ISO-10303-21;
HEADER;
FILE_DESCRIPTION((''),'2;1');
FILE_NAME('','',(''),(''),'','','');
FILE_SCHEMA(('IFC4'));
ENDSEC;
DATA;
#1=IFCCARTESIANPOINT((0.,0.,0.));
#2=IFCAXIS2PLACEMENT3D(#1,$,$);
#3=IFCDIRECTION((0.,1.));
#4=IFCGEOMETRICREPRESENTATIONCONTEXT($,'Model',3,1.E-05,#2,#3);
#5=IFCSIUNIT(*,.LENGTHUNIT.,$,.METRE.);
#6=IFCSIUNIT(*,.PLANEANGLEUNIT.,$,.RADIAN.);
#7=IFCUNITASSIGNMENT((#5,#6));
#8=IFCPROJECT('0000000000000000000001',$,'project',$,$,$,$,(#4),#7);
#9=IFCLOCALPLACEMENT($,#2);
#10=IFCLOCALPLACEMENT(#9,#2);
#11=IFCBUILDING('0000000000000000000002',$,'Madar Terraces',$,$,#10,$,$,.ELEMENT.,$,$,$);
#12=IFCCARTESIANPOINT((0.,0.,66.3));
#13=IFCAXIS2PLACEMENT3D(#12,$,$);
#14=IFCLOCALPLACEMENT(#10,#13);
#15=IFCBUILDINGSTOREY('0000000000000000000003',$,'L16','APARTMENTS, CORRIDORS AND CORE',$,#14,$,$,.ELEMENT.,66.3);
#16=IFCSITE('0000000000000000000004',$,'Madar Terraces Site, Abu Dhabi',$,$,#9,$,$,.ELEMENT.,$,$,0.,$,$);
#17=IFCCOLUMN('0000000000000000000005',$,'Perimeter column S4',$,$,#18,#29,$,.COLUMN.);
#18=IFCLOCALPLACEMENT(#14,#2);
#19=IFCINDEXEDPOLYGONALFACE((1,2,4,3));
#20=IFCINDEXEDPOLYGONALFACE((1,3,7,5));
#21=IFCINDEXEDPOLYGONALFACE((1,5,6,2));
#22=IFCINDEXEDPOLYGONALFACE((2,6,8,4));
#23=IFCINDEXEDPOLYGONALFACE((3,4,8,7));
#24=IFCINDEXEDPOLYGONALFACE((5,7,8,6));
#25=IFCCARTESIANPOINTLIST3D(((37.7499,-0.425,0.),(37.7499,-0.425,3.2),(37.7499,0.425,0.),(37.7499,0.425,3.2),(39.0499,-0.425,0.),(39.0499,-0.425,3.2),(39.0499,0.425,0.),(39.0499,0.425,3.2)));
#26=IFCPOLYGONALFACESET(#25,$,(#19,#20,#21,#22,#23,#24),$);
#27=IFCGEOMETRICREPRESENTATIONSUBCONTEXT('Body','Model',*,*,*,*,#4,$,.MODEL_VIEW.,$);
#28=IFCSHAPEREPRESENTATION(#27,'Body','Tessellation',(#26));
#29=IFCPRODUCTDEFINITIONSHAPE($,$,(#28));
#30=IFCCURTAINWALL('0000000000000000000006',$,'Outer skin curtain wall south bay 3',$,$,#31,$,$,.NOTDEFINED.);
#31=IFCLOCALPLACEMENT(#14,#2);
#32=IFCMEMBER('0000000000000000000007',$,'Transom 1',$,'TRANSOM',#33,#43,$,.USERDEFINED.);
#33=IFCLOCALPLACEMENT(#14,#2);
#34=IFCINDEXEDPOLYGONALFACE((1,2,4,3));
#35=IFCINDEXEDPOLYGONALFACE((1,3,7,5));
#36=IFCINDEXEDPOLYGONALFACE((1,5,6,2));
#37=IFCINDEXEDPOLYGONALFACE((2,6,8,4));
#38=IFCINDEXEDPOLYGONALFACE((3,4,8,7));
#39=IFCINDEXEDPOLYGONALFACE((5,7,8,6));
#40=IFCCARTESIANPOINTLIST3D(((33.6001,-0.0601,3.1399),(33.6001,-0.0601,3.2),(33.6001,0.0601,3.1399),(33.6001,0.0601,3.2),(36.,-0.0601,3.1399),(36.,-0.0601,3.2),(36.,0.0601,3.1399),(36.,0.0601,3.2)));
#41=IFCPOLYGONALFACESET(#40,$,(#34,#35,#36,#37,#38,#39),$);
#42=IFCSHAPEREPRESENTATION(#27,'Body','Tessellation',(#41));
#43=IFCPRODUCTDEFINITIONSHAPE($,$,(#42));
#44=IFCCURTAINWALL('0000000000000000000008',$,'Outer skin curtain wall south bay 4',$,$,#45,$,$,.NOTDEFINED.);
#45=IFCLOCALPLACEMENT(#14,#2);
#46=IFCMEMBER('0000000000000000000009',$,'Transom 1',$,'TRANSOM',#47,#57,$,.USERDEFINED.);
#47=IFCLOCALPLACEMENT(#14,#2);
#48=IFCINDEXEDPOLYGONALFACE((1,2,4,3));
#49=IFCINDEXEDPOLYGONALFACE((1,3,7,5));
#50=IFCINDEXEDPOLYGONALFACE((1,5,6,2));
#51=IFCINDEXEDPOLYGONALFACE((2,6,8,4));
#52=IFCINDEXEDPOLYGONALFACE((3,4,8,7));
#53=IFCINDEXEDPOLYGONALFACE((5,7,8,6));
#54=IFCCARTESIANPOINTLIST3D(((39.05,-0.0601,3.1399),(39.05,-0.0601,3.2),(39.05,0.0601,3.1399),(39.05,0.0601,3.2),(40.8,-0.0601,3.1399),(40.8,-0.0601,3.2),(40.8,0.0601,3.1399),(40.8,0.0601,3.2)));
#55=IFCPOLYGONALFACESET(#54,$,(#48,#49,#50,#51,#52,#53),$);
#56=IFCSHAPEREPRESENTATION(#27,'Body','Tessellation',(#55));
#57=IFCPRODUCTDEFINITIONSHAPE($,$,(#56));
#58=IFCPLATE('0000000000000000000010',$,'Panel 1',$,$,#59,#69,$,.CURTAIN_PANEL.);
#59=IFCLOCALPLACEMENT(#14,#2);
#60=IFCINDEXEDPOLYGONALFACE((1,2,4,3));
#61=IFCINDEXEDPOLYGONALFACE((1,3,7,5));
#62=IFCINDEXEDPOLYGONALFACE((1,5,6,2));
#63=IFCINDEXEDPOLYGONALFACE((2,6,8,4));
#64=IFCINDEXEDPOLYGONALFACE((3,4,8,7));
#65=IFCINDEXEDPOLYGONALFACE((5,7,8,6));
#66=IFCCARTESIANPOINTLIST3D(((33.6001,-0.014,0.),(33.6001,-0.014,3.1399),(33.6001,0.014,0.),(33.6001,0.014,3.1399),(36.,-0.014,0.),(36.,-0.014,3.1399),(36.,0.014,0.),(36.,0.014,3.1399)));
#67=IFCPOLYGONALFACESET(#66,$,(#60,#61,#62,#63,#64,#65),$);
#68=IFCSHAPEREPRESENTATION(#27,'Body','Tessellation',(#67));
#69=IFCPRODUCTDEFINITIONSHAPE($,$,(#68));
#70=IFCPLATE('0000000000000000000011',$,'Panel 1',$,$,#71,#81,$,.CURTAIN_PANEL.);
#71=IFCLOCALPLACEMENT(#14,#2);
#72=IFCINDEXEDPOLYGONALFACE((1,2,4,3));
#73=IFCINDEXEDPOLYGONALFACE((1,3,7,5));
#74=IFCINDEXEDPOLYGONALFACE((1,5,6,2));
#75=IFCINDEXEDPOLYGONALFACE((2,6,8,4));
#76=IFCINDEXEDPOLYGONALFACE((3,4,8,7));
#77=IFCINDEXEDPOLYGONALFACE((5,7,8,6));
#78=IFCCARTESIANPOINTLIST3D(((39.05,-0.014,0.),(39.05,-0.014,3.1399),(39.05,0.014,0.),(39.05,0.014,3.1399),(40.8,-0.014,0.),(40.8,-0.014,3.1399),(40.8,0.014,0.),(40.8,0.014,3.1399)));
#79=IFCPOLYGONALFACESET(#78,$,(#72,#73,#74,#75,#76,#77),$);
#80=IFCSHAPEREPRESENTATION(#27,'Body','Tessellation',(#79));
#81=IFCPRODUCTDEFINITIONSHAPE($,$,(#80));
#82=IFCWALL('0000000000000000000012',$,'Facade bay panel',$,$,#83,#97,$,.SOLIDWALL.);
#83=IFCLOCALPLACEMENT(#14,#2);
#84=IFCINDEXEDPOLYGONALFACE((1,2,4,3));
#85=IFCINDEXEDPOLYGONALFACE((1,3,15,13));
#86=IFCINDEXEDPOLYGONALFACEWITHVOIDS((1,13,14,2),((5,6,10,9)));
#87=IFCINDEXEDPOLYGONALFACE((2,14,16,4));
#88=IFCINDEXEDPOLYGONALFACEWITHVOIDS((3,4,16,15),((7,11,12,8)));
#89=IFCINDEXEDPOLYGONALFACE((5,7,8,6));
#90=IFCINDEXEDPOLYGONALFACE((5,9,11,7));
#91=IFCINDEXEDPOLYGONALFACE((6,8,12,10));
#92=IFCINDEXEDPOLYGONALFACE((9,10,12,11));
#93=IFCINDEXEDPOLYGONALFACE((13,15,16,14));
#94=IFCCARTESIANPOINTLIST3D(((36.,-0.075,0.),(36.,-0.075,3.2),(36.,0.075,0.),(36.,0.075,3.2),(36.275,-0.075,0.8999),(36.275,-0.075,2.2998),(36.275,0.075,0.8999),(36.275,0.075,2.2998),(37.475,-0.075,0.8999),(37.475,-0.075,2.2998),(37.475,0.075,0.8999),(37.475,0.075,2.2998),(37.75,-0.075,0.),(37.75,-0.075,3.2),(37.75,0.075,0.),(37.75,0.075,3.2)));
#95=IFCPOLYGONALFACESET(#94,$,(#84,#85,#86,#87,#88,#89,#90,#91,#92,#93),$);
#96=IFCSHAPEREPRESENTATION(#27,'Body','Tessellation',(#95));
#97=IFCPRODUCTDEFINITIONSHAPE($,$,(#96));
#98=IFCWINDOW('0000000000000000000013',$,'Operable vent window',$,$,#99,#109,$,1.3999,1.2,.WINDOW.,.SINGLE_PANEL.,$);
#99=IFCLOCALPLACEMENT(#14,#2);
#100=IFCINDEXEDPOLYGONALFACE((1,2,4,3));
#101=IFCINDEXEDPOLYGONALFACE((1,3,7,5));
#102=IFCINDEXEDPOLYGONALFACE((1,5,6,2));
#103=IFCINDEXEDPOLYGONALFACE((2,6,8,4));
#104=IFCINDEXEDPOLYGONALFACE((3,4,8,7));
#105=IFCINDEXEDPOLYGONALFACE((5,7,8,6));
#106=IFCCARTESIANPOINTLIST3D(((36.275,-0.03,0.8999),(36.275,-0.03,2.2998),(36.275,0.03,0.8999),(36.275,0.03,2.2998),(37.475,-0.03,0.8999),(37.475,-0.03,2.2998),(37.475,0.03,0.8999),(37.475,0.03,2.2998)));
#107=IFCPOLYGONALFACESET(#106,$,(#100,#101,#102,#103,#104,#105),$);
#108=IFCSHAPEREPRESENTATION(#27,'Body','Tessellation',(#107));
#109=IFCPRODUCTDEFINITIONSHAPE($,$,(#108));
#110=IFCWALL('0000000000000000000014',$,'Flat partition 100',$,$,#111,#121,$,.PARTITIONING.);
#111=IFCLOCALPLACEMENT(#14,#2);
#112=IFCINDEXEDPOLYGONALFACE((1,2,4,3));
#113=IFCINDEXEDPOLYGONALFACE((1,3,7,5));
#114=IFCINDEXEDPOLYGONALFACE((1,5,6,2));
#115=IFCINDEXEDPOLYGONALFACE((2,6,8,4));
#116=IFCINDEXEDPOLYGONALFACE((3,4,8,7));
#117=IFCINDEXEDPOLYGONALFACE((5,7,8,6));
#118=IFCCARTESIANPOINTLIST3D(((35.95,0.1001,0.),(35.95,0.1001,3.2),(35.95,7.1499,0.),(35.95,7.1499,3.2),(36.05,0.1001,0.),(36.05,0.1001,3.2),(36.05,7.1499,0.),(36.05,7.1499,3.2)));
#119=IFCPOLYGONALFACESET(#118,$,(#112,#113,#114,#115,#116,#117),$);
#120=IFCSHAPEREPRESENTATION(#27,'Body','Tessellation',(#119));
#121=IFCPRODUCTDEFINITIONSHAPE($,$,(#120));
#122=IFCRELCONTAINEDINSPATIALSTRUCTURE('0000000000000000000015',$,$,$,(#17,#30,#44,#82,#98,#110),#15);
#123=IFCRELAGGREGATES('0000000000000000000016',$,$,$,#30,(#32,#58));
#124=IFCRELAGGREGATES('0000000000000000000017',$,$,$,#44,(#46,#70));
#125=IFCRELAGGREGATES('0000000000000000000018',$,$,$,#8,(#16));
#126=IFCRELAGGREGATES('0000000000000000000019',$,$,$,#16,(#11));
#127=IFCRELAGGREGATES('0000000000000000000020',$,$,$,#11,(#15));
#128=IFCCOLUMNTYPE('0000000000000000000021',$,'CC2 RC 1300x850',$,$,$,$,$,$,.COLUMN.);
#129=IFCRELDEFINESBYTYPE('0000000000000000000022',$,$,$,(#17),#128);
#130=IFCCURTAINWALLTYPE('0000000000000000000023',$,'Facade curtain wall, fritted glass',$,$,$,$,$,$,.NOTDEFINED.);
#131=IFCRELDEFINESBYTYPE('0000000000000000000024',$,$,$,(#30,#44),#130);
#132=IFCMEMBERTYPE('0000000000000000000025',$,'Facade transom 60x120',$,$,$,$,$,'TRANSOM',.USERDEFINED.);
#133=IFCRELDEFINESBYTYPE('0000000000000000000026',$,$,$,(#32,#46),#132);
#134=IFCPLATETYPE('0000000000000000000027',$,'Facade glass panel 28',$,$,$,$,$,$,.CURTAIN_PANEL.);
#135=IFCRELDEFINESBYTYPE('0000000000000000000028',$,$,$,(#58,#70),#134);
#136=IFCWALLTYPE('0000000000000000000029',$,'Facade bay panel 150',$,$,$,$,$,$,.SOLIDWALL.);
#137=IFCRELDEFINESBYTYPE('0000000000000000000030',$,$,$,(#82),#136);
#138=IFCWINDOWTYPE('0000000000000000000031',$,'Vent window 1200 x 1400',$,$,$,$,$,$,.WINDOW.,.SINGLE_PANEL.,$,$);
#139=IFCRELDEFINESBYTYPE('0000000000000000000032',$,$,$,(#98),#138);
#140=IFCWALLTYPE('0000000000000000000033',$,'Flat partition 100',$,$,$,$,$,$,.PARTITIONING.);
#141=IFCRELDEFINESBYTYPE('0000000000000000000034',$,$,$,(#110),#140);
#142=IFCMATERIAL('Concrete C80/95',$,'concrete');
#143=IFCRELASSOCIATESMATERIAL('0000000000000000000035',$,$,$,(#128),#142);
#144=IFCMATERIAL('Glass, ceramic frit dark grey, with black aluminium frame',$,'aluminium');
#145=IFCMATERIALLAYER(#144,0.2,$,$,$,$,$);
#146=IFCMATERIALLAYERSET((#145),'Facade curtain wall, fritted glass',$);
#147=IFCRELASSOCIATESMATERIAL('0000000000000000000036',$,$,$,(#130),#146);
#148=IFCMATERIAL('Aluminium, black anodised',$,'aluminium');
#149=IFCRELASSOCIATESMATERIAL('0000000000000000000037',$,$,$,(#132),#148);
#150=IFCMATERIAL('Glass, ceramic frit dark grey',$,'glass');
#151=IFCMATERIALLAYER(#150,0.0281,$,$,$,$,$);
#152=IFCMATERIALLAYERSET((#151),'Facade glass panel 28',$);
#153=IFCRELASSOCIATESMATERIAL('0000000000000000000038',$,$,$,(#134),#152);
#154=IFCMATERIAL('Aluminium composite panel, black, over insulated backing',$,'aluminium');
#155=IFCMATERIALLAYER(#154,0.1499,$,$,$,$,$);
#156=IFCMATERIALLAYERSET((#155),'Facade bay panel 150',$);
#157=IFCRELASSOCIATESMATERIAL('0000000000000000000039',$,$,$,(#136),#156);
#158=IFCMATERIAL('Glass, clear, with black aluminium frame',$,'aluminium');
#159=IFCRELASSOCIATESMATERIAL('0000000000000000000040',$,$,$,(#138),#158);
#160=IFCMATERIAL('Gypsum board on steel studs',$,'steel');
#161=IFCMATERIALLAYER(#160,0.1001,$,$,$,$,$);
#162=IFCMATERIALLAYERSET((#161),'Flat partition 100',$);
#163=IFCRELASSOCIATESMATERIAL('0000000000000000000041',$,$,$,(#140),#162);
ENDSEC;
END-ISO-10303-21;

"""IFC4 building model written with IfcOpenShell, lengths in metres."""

from ifc_helpers import new_model, si_unit, direction, frame, frame_2d, origin, origin_2d, place, context, subcontext, project, spatial, rectangle, extrude, material, layer, layer_set, material_profile, profile_set, type_object, element, fill, aggregate, save


model = new_model("IFC4")

# Units and contexts
model_context = context("Model", 3, precision=1e-05, world=origin(), true_north=direction((0.0, 1.0)))
body_context = subcontext(model_context, "Body", "Model", "MODEL_VIEW")
ifc_project = project(units=[si_unit("LENGTHUNIT", "METRE"), si_unit("PLANEANGLEUNIT", "RADIAN")], contexts=[model_context])

# Site, building, storey
site_placement = place(None, origin())
site = spatial("IfcSite", under=ifc_project, at=site_placement, Name="Madar Terraces Site, Abu Dhabi", CompositionType="ELEMENT", RefElevation=0.0)
building_placement = place(site_placement, origin())
building = spatial("IfcBuilding", under=site, at=building_placement, Name="Madar Terraces", CompositionType="ELEMENT")
storey_placement = place(building_placement, frame((0.0, 0.0, 66.3)))
storey = spatial("IfcBuildingStorey", under=building, at=storey_placement, Name="L16", Description="APARTMENTS, CORRIDORS AND CORE", CompositionType="ELEMENT", Elevation=66.3)

# Column
ifc_material_1 = material(Name="Concrete C80/95", Category="concrete")
ifc_material_profile_1 = material_profile(ifc_material_1, rectangle(XDim=1.3, YDim=0.8501, at=origin_2d()), Name="CC2 RC 1300x850")
ifc_profile_set_1 = profile_set([ifc_material_profile_1], Name="Concrete C80/95")
column_type = type_object("IfcColumnType", Name="CC2 RC 1300x850", PredefinedType="COLUMN", material=ifc_profile_set_1)
column_placement = place(storey_placement, frame((38.3999, 0.0, 0.0), z_axis=(0.0, 0.0, 1.0), x_axis=(1.0, 0.0, 0.0)))
element("IfcColumn", 1, at=column_placement, inside=storey, type_object=column_type, Name="Perimeter column S4", PredefinedType="COLUMN", context=body_context, shape_type="SweptSolid", body=[
    extrude(rectangle(XDim=1.3, YDim=0.8501, at=origin_2d()), origin(), (0.0, 0.0, 1.0), 3.2),
])

# Curtain walls, members
ifc_material_2 = material(Name="Glass, ceramic frit dark grey, with black aluminium frame", Category="aluminium")
ifc_layer_1 = layer(ifc_material_2, 0.2)
ifc_layer_set_1 = layer_set([ifc_layer_1], Name="Facade curtain wall, fritted glass")
curtain_wall_type = type_object("IfcCurtainWallType", Name="Facade curtain wall, fritted glass", PredefinedType="NOTDEFINED", material=ifc_layer_set_1)
curtain_wall_1_placement = place(storey_placement, origin())
curtain_wall_1 = element("IfcCurtainWall", 2, at=curtain_wall_1_placement, inside=storey, type_object=curtain_wall_type, Name="Outer skin curtain wall south bay 3", PredefinedType="NOTDEFINED")
ifc_material_3 = material(Name="Aluminium, black anodised", Category="aluminium")
ifc_material_profile_2 = material_profile(ifc_material_3, rectangle(XDim=0.1201, YDim=0.0601, at=origin_2d()), Name="Facade transom 60x120")
ifc_profile_set_2 = profile_set([ifc_material_profile_2], Name="Aluminium, black anodised")
member_type = type_object("IfcMemberType", Name="Facade transom 60x120", ElementType="TRANSOM", PredefinedType="USERDEFINED", material=ifc_profile_set_2)
member_1_placement = place(storey_placement, frame((33.6001, 0.0, 3.1699), z_axis=(1.0, 0.0, 0.0), x_axis=(0.0, 1.0, 0.0)))
member_1 = element("IfcMember", 3, at=member_1_placement, type_object=member_type, Name="Transom 1", ObjectType="TRANSOM", PredefinedType="USERDEFINED", context=body_context, shape_type="SweptSolid", body=[
    extrude(rectangle(XDim=0.1201, YDim=0.0601, at=origin_2d()), origin(), (0.0, 0.0, 1.0), 2.3999),
])
curtain_wall_2_placement = place(storey_placement, origin())
curtain_wall_2 = element("IfcCurtainWall", 4, at=curtain_wall_2_placement, inside=storey, type_object=curtain_wall_type, Name="Outer skin curtain wall south bay 4", PredefinedType="NOTDEFINED")
member_2_placement = place(storey_placement, frame((39.05, 0.0, 3.1699), z_axis=(1.0, 0.0, 0.0), x_axis=(0.0, 1.0, 0.0)))
member_2 = element("IfcMember", 5, at=member_2_placement, type_object=member_type, Name="Transom 1", ObjectType="TRANSOM", PredefinedType="USERDEFINED", context=body_context, shape_type="SweptSolid", body=[
    extrude(rectangle(XDim=0.1201, YDim=0.0601, at=origin_2d()), origin(), (0.0, 0.0, 1.0), 1.75),
])

# Plates
ifc_material_4 = material(Name="Glass, ceramic frit dark grey", Category="glass")
ifc_layer_2 = layer(ifc_material_4, 0.0281)
ifc_layer_set_2 = layer_set([ifc_layer_2], Name="Facade glass panel 28")
plate_type = type_object("IfcPlateType", Name="Facade glass panel 28", PredefinedType="CURTAIN_PANEL", material=ifc_layer_set_2)
plate_1_placement = place(storey_placement, frame((34.8, 0.0, 0.0), z_axis=(0.0, 0.0, 1.0), x_axis=(1.0, 0.0, 0.0)))
plate_1 = element("IfcPlate", 6, at=plate_1_placement, type_object=plate_type, Name="Panel 1", PredefinedType="CURTAIN_PANEL", context=body_context, shape_type="SweptSolid", body=[
    extrude(rectangle(XDim=2.3999, YDim=0.0281, at=origin_2d()), origin(), (0.0, 0.0, 1.0), 3.1399),
])
aggregate(curtain_wall_1, [member_1, plate_1])
plate_2_placement = place(storey_placement, frame((39.925, 0.0, 0.0), z_axis=(0.0, 0.0, 1.0), x_axis=(1.0, 0.0, 0.0)))
plate_2 = element("IfcPlate", 7, at=plate_2_placement, type_object=plate_type, Name="Panel 1", PredefinedType="CURTAIN_PANEL", context=body_context, shape_type="SweptSolid", body=[
    extrude(rectangle(XDim=1.75, YDim=0.0281, at=origin_2d()), origin(), (0.0, 0.0, 1.0), 3.1399),
])
aggregate(curtain_wall_2, [member_2, plate_2])

# Wall, opening, window
ifc_material_5 = material(Name="Aluminium composite panel, black, over insulated backing", Category="aluminium")
ifc_layer_3 = layer(ifc_material_5, 0.1499)
ifc_layer_set_3 = layer_set([ifc_layer_3], Name="Facade bay panel 150")
wall_type_1 = type_object("IfcWallType", Name="Facade bay panel 150", PredefinedType="SOLIDWALL", material=ifc_layer_set_3)
wall_1_placement = place(storey_placement, frame((36.0, 0.0, 0.0), z_axis=(0.0, 0.0, 1.0), x_axis=(1.0, 0.0, 0.0)))
wall_1 = element("IfcWall", 8, at=wall_1_placement, inside=storey, type_object=wall_type_1, Name="Facade bay panel", PredefinedType="SOLIDWALL", context=body_context, shape_type="SweptSolid", body=[
    extrude(rectangle(XDim=1.75, YDim=0.1499, at=frame_2d((0.875, 0.0))), origin(), (0.0, 0.0, 1.0), 3.2),
])
opening_1_placement = place(wall_1_placement, frame((0.2749, 0.0, 0.8999)))
opening_1 = element("IfcOpeningElement", 9, at=opening_1_placement, cuts=wall_1, PredefinedType="OPENING", context=body_context, shape_type="SweptSolid", body=[
    extrude(rectangle(XDim=1.2, YDim=1.3999, at=frame_2d((0.6001, 0.7))), frame((0.0, 0.085, 0.0), z_axis=(0.0, -1.0, 0.0), x_axis=(1.0, 0.0, 0.0)), (0.0, 0.0, 1.0), 0.1699),
])
ifc_material_6 = material(Name="Glass, clear, with black aluminium frame", Category="aluminium")
window_type = type_object("IfcWindowType", Name="Vent window 1200 x 1400", PartitioningType="SINGLE_PANEL", PredefinedType="WINDOW", material=ifc_material_6)
window_placement = place(opening_1_placement, origin())
window = element("IfcWindow", 10, at=window_placement, inside=storey, type_object=window_type, Name="Operable vent window", OverallHeight=1.3999, OverallWidth=1.2, PartitioningType="SINGLE_PANEL", PredefinedType="WINDOW", context=body_context, shape_type="SweptSolid", body=[
    extrude(rectangle(XDim=1.2, YDim=1.3999, at=frame_2d((0.6001, 0.7))), frame((0.0, 0.03, 0.0), z_axis=(0.0, -1.0, 0.0), x_axis=(1.0, 0.0, 0.0)), (0.0, 0.0, 1.0), 0.0601),
])
fill(opening_1, window)

# Wall
ifc_material_7 = material(Name="Gypsum board on steel studs", Category="steel")
ifc_layer_4 = layer(ifc_material_7, 0.1001)
ifc_layer_set_4 = layer_set([ifc_layer_4], Name="Flat partition 100")
wall_type_2 = type_object("IfcWallType", Name="Flat partition 100", PredefinedType="PARTITIONING", material=ifc_layer_set_4)
wall_2_placement = place(storey_placement, frame((36.0, 7.1499, 0.0), z_axis=(0.0, 0.0, 1.0), x_axis=(0.0, -1.0, 0.0)))
element("IfcWall", 11, at=wall_2_placement, inside=storey, type_object=wall_type_2, Name="Flat partition 100", PredefinedType="PARTITIONING", context=body_context, shape_type="SweptSolid", body=[
    extrude(rectangle(XDim=7.0498, YDim=0.1001, at=frame_2d((3.5249, 0.0))), origin(), (0.0, 0.0, 1.0), 3.2),
])

save(model, "model.ifc")
